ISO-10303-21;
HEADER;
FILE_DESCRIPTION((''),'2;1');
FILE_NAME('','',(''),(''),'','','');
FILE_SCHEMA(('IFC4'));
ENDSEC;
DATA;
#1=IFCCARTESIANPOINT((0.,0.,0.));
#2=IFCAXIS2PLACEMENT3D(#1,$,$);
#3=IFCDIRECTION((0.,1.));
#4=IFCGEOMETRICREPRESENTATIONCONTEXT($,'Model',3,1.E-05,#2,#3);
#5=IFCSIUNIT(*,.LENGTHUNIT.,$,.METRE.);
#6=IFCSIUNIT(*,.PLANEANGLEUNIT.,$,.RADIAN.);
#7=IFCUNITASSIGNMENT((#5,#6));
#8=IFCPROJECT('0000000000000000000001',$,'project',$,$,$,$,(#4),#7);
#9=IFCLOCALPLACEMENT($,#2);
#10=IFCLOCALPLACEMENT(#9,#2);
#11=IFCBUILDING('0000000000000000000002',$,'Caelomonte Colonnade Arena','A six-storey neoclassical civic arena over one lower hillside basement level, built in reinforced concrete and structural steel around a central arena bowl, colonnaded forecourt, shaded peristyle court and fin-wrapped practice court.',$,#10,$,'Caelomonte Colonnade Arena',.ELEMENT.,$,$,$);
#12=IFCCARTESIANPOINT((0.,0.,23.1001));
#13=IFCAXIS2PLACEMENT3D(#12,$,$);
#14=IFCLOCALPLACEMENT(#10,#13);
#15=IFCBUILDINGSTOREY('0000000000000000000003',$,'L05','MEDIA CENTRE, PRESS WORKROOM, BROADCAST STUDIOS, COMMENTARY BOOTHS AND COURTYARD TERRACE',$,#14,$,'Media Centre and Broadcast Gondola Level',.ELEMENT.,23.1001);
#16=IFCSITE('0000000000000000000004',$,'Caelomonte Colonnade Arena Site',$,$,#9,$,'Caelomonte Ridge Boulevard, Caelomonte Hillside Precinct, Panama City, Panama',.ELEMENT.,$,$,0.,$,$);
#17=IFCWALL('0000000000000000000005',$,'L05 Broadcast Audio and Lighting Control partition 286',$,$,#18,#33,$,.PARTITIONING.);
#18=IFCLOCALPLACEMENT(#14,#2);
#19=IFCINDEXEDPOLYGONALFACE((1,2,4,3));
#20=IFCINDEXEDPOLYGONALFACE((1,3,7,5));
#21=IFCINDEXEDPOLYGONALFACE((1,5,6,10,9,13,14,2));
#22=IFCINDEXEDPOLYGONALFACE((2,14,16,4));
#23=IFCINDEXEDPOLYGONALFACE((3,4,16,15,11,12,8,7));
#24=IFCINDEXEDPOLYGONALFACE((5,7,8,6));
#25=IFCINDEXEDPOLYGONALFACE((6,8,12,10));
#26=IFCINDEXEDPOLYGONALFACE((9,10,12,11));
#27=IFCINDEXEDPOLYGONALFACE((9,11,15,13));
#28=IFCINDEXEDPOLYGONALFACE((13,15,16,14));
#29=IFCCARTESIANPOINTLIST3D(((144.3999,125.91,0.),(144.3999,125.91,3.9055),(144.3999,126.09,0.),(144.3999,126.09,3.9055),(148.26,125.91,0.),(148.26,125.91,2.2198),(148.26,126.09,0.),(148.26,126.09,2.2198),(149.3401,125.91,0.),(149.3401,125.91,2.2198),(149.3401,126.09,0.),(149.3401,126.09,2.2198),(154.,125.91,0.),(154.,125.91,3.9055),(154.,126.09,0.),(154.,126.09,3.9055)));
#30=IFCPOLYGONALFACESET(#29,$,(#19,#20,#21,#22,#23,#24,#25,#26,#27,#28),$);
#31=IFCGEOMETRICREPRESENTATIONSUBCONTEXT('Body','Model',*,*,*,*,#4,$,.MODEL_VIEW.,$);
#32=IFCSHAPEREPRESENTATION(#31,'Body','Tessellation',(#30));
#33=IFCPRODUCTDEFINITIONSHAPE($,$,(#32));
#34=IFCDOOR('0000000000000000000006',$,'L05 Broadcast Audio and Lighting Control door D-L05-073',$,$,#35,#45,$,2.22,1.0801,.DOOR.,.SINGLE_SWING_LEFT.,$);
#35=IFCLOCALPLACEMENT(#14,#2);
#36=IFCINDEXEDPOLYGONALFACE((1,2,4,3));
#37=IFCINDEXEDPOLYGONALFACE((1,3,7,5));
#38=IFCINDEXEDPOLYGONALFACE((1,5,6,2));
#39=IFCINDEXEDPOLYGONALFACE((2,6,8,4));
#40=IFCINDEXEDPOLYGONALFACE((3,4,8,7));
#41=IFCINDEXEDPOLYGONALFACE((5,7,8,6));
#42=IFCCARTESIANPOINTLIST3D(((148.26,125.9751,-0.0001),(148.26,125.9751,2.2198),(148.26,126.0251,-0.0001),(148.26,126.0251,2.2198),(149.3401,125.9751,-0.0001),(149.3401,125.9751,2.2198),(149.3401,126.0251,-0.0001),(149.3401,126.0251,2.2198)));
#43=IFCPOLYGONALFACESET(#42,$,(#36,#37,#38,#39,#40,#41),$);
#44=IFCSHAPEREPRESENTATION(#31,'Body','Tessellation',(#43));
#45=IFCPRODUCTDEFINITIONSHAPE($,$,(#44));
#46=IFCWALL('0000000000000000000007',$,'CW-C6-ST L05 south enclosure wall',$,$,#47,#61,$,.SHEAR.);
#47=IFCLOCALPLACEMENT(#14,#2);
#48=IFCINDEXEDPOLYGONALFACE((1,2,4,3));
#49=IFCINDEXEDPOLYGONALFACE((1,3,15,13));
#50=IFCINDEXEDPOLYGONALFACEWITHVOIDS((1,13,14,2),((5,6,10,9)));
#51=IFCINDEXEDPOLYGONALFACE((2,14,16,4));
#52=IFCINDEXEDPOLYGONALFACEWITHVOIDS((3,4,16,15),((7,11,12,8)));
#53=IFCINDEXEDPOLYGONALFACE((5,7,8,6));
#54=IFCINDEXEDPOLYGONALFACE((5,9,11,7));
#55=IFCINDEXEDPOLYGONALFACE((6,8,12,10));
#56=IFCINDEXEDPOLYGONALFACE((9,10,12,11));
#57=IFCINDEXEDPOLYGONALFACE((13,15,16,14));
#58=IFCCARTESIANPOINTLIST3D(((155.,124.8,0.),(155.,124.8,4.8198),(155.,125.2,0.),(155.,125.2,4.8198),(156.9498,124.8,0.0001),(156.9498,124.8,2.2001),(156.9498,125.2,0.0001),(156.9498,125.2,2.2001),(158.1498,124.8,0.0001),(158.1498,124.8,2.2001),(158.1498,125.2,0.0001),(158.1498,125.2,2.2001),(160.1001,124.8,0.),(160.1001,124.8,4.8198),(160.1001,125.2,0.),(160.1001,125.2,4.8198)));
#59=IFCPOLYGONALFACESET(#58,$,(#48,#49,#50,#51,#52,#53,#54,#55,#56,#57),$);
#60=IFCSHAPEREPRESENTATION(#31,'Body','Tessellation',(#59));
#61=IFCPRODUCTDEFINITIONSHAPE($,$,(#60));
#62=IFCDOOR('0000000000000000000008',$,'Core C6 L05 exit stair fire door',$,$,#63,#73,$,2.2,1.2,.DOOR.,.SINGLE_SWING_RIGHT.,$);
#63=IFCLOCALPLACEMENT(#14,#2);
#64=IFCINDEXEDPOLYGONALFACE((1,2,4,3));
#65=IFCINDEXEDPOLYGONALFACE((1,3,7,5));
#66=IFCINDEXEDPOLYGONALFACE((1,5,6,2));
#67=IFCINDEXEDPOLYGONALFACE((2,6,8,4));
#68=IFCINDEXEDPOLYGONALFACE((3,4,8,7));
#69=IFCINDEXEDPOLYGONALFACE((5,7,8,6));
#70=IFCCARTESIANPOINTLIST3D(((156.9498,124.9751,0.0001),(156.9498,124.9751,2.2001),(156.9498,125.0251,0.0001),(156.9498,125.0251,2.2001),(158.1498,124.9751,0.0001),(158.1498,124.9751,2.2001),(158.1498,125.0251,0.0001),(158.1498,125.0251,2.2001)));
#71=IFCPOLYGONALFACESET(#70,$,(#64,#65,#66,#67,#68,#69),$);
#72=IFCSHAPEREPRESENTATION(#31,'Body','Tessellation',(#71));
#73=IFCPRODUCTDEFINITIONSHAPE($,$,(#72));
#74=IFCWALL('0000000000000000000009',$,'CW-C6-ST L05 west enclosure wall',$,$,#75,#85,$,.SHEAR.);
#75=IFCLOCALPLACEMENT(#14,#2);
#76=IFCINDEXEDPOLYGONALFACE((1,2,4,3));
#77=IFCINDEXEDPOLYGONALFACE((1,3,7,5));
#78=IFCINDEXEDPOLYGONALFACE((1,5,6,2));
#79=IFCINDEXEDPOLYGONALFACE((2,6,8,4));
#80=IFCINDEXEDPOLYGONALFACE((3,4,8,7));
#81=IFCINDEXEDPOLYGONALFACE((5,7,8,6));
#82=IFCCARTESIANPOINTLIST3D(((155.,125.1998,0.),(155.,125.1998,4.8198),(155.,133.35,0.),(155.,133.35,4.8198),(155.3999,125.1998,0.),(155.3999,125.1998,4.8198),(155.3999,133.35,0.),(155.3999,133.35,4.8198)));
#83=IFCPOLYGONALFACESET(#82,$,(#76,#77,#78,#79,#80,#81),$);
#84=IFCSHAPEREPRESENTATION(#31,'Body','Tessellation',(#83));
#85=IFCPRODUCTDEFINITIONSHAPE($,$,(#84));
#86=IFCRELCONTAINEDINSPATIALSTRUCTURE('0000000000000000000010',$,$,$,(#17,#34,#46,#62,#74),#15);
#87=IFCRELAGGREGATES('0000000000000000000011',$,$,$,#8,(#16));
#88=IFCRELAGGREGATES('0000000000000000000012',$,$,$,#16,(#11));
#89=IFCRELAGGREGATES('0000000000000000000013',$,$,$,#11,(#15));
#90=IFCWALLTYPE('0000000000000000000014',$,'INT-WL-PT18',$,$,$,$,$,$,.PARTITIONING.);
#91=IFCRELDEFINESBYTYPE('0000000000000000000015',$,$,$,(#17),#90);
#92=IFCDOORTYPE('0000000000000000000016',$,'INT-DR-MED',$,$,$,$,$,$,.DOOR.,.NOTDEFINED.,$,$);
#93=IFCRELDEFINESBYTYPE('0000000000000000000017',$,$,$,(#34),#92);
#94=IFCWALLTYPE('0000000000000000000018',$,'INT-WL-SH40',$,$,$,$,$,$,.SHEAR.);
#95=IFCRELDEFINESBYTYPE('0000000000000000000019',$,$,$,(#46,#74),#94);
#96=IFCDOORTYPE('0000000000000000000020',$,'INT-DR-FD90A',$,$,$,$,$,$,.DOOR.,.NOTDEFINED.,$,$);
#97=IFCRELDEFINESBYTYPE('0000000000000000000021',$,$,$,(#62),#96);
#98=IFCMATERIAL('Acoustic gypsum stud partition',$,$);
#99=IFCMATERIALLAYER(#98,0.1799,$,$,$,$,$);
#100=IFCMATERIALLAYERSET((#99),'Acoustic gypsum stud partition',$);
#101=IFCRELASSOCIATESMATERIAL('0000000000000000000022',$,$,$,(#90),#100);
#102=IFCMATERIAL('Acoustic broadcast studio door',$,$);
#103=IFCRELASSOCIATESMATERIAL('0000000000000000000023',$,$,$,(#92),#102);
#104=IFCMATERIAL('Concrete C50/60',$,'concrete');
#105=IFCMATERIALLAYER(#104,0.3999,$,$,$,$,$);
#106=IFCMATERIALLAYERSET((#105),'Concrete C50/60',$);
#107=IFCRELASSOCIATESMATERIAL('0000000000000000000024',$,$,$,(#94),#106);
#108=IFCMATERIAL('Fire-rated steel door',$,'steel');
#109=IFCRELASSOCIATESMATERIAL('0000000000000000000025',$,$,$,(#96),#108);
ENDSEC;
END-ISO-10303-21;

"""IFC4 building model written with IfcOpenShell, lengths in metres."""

from ifc_helpers import new_model, si_unit, direction, frame, frame_2d, origin, place, context, subcontext, project, spatial, rectangle, extrude, material, layer, layer_set, type_object, element, fill, save


model = new_model("IFC4")

# Units and contexts
model_context = context("Model", 3, precision=1e-05, world=origin(), true_north=direction((0.0, 1.0)))
body_context = subcontext(model_context, "Body", "Model", "MODEL_VIEW")
ifc_project = project(units=[si_unit("LENGTHUNIT", "METRE"), si_unit("PLANEANGLEUNIT", "RADIAN")], contexts=[model_context])

# Site, building, storey
site_placement = place(None, origin())
site = spatial("IfcSite", under=ifc_project, at=site_placement, Name="Caelomonte Colonnade Arena Site", LongName="Caelomonte Ridge Boulevard, Caelomonte Hillside Precinct, Panama City, Panama", CompositionType="ELEMENT", RefElevation=0.0)
building_placement = place(site_placement, origin())
building = spatial("IfcBuilding", under=site, at=building_placement, Name="Caelomonte Colonnade Arena", Description="A six-storey neoclassical civic arena over one lower hillside basement level, built in reinforced concrete and structural steel around a central arena bowl, colonnaded forecourt, shaded peristyle court and fin-wrapped practice court.", LongName="Caelomonte Colonnade Arena", CompositionType="ELEMENT")
storey_placement = place(building_placement, frame((0.0, 0.0, 23.1001)))
storey = spatial("IfcBuildingStorey", under=building, at=storey_placement, Name="L05", Description="MEDIA CENTRE, PRESS WORKROOM, BROADCAST STUDIOS, COMMENTARY BOOTHS AND COURTYARD TERRACE", LongName="Media Centre and Broadcast Gondola Level", CompositionType="ELEMENT", Elevation=23.1001)

# Shared definitions
ifc_material_1 = material(Name="Acoustic gypsum stud partition")
ifc_layer_1 = layer(ifc_material_1, 0.1799)
ifc_layer_set_1 = layer_set([ifc_layer_1], Name="Acoustic gypsum stud partition")
wall_type_1 = type_object("IfcWallType", Name="INT-WL-PT18", PredefinedType="PARTITIONING", material=ifc_layer_set_1)

# Walls, openings, doors
wall_1_placement = place(storey_placement, frame((154.0, 126.0, 0.0), z_axis=(0.0, 0.0, 1.0), x_axis=(-1.0, 0.0, 0.0)))
wall_1 = element("IfcWall", 1, at=wall_1_placement, inside=storey, type_object=wall_type_1, Name="L05 Broadcast Audio and Lighting Control partition 286", PredefinedType="PARTITIONING", context=body_context, shape_type="SweptSolid", body=[
    extrude(rectangle(XDim=9.6001, YDim=0.1799, at=frame_2d((4.8, 0.0))), origin(), (0.0, 0.0, 1.0), 3.9055),
])
opening_1_placement = place(wall_1_placement, frame((4.6599, 0.0, 0.0), z_axis=(0.0, 0.0, 1.0), x_axis=(1.0, 0.0, 0.0)))
opening_1 = element("IfcOpeningElement", 2, at=opening_1_placement, cuts=wall_1, PredefinedType="OPENING", context=body_context, shape_type="SweptSolid", body=[
    extrude(rectangle(XDim=1.0801, YDim=2.22, at=frame_2d((0.54, 1.1099))), frame((0.0, 0.0999, 0.0), z_axis=(0.0, -1.0, 0.0), x_axis=(1.0, 0.0, 0.0)), (0.0, 0.0, 1.0), 0.2),
])
ifc_material_2 = material(Name="Acoustic broadcast studio door")
door_type_1 = type_object("IfcDoorType", Name="INT-DR-MED", OperationType="NOTDEFINED", PredefinedType="DOOR", material=ifc_material_2)
door_1_placement = place(opening_1_placement, origin())
door_1 = element("IfcDoor", 3, at=door_1_placement, inside=storey, type_object=door_type_1, Name="L05 Broadcast Audio and Lighting Control door D-L05-073", OperationType="SINGLE_SWING_LEFT", OverallHeight=2.22, OverallWidth=1.0801, PredefinedType="DOOR", context=body_context, shape_type="SweptSolid", body=[
    extrude(rectangle(XDim=1.0801, YDim=2.22, at=frame_2d((0.54, 1.1099))), frame((0.0, 0.0249, 0.0), z_axis=(0.0, -1.0, 0.0), x_axis=(1.0, 0.0, 0.0)), (0.0, 0.0, 1.0), 0.05),
])
fill(opening_1, door_1)
ifc_material_3 = material(Name="Concrete C50/60", Category="concrete")
ifc_layer_2 = layer(ifc_material_3, 0.3999)
ifc_layer_set_2 = layer_set([ifc_layer_2], Name="Concrete C50/60")
wall_type_2 = type_object("IfcWallType", Name="INT-WL-SH40", PredefinedType="SHEAR", material=ifc_layer_set_2)
wall_2_placement = place(storey_placement, frame((155.0, 125.0, 0.0), z_axis=(0.0, 0.0, 1.0), x_axis=(1.0, 0.0, 0.0)))
wall_2 = element("IfcWall", 4, at=wall_2_placement, inside=storey, type_object=wall_type_2, Name="CW-C6-ST L05 south enclosure wall", PredefinedType="SHEAR", context=body_context, shape_type="SweptSolid", body=[
    extrude(rectangle(XDim=5.1001, YDim=0.3999, at=frame_2d((2.55, 0.0))), origin(), (0.0, 0.0, 1.0), 4.8198),
])
opening_2_placement = place(wall_2_placement, frame((3.1499, 0.0, 0.0), z_axis=(0.0, 0.0, 1.0), x_axis=(-1.0, 0.0, 0.0)))
opening_2 = element("IfcOpeningElement", 5, at=opening_2_placement, cuts=wall_2, PredefinedType="OPENING", context=body_context, shape_type="SweptSolid", body=[
    extrude(rectangle(XDim=1.2, YDim=2.2, at=frame_2d((0.6001, 1.1001))), frame((0.0, 0.21, 0.0), z_axis=(0.0, -1.0, 0.0), x_axis=(1.0, 0.0, 0.0)), (0.0, 0.0, 1.0), 0.4199),
])
ifc_material_4 = material(Name="Fire-rated steel door", Category="steel")
door_type_2 = type_object("IfcDoorType", Name="INT-DR-FD90A", OperationType="NOTDEFINED", PredefinedType="DOOR", material=ifc_material_4)
door_2_placement = place(opening_2_placement, origin())
door_2 = element("IfcDoor", 6, at=door_2_placement, inside=storey, type_object=door_type_2, Name="Core C6 L05 exit stair fire door", OperationType="SINGLE_SWING_RIGHT", OverallHeight=2.2, OverallWidth=1.2, PredefinedType="DOOR", context=body_context, shape_type="SweptSolid", body=[
    extrude(rectangle(XDim=1.2, YDim=2.2, at=frame_2d((0.6001, 1.1001))), frame((0.0, 0.0249, 0.0), z_axis=(0.0, -1.0, 0.0), x_axis=(1.0, 0.0, 0.0)), (0.0, 0.0, 1.0), 0.05),
])
fill(opening_2, door_2)

# Wall
wall_3_placement = place(storey_placement, frame((155.2, 133.3501, 0.0), z_axis=(0.0, 0.0, 1.0), x_axis=(0.0, -1.0, 0.0)))
element("IfcWall", 7, at=wall_3_placement, inside=storey, type_object=wall_type_2, Name="CW-C6-ST L05 west enclosure wall", PredefinedType="SHEAR", context=body_context, shape_type="SweptSolid", body=[
    extrude(rectangle(XDim=8.1501, YDim=0.3999, at=frame_2d((4.0752, 0.0))), origin(), (0.0, 0.0, 1.0), 4.8198),
])

save(model, "model.ifc")
